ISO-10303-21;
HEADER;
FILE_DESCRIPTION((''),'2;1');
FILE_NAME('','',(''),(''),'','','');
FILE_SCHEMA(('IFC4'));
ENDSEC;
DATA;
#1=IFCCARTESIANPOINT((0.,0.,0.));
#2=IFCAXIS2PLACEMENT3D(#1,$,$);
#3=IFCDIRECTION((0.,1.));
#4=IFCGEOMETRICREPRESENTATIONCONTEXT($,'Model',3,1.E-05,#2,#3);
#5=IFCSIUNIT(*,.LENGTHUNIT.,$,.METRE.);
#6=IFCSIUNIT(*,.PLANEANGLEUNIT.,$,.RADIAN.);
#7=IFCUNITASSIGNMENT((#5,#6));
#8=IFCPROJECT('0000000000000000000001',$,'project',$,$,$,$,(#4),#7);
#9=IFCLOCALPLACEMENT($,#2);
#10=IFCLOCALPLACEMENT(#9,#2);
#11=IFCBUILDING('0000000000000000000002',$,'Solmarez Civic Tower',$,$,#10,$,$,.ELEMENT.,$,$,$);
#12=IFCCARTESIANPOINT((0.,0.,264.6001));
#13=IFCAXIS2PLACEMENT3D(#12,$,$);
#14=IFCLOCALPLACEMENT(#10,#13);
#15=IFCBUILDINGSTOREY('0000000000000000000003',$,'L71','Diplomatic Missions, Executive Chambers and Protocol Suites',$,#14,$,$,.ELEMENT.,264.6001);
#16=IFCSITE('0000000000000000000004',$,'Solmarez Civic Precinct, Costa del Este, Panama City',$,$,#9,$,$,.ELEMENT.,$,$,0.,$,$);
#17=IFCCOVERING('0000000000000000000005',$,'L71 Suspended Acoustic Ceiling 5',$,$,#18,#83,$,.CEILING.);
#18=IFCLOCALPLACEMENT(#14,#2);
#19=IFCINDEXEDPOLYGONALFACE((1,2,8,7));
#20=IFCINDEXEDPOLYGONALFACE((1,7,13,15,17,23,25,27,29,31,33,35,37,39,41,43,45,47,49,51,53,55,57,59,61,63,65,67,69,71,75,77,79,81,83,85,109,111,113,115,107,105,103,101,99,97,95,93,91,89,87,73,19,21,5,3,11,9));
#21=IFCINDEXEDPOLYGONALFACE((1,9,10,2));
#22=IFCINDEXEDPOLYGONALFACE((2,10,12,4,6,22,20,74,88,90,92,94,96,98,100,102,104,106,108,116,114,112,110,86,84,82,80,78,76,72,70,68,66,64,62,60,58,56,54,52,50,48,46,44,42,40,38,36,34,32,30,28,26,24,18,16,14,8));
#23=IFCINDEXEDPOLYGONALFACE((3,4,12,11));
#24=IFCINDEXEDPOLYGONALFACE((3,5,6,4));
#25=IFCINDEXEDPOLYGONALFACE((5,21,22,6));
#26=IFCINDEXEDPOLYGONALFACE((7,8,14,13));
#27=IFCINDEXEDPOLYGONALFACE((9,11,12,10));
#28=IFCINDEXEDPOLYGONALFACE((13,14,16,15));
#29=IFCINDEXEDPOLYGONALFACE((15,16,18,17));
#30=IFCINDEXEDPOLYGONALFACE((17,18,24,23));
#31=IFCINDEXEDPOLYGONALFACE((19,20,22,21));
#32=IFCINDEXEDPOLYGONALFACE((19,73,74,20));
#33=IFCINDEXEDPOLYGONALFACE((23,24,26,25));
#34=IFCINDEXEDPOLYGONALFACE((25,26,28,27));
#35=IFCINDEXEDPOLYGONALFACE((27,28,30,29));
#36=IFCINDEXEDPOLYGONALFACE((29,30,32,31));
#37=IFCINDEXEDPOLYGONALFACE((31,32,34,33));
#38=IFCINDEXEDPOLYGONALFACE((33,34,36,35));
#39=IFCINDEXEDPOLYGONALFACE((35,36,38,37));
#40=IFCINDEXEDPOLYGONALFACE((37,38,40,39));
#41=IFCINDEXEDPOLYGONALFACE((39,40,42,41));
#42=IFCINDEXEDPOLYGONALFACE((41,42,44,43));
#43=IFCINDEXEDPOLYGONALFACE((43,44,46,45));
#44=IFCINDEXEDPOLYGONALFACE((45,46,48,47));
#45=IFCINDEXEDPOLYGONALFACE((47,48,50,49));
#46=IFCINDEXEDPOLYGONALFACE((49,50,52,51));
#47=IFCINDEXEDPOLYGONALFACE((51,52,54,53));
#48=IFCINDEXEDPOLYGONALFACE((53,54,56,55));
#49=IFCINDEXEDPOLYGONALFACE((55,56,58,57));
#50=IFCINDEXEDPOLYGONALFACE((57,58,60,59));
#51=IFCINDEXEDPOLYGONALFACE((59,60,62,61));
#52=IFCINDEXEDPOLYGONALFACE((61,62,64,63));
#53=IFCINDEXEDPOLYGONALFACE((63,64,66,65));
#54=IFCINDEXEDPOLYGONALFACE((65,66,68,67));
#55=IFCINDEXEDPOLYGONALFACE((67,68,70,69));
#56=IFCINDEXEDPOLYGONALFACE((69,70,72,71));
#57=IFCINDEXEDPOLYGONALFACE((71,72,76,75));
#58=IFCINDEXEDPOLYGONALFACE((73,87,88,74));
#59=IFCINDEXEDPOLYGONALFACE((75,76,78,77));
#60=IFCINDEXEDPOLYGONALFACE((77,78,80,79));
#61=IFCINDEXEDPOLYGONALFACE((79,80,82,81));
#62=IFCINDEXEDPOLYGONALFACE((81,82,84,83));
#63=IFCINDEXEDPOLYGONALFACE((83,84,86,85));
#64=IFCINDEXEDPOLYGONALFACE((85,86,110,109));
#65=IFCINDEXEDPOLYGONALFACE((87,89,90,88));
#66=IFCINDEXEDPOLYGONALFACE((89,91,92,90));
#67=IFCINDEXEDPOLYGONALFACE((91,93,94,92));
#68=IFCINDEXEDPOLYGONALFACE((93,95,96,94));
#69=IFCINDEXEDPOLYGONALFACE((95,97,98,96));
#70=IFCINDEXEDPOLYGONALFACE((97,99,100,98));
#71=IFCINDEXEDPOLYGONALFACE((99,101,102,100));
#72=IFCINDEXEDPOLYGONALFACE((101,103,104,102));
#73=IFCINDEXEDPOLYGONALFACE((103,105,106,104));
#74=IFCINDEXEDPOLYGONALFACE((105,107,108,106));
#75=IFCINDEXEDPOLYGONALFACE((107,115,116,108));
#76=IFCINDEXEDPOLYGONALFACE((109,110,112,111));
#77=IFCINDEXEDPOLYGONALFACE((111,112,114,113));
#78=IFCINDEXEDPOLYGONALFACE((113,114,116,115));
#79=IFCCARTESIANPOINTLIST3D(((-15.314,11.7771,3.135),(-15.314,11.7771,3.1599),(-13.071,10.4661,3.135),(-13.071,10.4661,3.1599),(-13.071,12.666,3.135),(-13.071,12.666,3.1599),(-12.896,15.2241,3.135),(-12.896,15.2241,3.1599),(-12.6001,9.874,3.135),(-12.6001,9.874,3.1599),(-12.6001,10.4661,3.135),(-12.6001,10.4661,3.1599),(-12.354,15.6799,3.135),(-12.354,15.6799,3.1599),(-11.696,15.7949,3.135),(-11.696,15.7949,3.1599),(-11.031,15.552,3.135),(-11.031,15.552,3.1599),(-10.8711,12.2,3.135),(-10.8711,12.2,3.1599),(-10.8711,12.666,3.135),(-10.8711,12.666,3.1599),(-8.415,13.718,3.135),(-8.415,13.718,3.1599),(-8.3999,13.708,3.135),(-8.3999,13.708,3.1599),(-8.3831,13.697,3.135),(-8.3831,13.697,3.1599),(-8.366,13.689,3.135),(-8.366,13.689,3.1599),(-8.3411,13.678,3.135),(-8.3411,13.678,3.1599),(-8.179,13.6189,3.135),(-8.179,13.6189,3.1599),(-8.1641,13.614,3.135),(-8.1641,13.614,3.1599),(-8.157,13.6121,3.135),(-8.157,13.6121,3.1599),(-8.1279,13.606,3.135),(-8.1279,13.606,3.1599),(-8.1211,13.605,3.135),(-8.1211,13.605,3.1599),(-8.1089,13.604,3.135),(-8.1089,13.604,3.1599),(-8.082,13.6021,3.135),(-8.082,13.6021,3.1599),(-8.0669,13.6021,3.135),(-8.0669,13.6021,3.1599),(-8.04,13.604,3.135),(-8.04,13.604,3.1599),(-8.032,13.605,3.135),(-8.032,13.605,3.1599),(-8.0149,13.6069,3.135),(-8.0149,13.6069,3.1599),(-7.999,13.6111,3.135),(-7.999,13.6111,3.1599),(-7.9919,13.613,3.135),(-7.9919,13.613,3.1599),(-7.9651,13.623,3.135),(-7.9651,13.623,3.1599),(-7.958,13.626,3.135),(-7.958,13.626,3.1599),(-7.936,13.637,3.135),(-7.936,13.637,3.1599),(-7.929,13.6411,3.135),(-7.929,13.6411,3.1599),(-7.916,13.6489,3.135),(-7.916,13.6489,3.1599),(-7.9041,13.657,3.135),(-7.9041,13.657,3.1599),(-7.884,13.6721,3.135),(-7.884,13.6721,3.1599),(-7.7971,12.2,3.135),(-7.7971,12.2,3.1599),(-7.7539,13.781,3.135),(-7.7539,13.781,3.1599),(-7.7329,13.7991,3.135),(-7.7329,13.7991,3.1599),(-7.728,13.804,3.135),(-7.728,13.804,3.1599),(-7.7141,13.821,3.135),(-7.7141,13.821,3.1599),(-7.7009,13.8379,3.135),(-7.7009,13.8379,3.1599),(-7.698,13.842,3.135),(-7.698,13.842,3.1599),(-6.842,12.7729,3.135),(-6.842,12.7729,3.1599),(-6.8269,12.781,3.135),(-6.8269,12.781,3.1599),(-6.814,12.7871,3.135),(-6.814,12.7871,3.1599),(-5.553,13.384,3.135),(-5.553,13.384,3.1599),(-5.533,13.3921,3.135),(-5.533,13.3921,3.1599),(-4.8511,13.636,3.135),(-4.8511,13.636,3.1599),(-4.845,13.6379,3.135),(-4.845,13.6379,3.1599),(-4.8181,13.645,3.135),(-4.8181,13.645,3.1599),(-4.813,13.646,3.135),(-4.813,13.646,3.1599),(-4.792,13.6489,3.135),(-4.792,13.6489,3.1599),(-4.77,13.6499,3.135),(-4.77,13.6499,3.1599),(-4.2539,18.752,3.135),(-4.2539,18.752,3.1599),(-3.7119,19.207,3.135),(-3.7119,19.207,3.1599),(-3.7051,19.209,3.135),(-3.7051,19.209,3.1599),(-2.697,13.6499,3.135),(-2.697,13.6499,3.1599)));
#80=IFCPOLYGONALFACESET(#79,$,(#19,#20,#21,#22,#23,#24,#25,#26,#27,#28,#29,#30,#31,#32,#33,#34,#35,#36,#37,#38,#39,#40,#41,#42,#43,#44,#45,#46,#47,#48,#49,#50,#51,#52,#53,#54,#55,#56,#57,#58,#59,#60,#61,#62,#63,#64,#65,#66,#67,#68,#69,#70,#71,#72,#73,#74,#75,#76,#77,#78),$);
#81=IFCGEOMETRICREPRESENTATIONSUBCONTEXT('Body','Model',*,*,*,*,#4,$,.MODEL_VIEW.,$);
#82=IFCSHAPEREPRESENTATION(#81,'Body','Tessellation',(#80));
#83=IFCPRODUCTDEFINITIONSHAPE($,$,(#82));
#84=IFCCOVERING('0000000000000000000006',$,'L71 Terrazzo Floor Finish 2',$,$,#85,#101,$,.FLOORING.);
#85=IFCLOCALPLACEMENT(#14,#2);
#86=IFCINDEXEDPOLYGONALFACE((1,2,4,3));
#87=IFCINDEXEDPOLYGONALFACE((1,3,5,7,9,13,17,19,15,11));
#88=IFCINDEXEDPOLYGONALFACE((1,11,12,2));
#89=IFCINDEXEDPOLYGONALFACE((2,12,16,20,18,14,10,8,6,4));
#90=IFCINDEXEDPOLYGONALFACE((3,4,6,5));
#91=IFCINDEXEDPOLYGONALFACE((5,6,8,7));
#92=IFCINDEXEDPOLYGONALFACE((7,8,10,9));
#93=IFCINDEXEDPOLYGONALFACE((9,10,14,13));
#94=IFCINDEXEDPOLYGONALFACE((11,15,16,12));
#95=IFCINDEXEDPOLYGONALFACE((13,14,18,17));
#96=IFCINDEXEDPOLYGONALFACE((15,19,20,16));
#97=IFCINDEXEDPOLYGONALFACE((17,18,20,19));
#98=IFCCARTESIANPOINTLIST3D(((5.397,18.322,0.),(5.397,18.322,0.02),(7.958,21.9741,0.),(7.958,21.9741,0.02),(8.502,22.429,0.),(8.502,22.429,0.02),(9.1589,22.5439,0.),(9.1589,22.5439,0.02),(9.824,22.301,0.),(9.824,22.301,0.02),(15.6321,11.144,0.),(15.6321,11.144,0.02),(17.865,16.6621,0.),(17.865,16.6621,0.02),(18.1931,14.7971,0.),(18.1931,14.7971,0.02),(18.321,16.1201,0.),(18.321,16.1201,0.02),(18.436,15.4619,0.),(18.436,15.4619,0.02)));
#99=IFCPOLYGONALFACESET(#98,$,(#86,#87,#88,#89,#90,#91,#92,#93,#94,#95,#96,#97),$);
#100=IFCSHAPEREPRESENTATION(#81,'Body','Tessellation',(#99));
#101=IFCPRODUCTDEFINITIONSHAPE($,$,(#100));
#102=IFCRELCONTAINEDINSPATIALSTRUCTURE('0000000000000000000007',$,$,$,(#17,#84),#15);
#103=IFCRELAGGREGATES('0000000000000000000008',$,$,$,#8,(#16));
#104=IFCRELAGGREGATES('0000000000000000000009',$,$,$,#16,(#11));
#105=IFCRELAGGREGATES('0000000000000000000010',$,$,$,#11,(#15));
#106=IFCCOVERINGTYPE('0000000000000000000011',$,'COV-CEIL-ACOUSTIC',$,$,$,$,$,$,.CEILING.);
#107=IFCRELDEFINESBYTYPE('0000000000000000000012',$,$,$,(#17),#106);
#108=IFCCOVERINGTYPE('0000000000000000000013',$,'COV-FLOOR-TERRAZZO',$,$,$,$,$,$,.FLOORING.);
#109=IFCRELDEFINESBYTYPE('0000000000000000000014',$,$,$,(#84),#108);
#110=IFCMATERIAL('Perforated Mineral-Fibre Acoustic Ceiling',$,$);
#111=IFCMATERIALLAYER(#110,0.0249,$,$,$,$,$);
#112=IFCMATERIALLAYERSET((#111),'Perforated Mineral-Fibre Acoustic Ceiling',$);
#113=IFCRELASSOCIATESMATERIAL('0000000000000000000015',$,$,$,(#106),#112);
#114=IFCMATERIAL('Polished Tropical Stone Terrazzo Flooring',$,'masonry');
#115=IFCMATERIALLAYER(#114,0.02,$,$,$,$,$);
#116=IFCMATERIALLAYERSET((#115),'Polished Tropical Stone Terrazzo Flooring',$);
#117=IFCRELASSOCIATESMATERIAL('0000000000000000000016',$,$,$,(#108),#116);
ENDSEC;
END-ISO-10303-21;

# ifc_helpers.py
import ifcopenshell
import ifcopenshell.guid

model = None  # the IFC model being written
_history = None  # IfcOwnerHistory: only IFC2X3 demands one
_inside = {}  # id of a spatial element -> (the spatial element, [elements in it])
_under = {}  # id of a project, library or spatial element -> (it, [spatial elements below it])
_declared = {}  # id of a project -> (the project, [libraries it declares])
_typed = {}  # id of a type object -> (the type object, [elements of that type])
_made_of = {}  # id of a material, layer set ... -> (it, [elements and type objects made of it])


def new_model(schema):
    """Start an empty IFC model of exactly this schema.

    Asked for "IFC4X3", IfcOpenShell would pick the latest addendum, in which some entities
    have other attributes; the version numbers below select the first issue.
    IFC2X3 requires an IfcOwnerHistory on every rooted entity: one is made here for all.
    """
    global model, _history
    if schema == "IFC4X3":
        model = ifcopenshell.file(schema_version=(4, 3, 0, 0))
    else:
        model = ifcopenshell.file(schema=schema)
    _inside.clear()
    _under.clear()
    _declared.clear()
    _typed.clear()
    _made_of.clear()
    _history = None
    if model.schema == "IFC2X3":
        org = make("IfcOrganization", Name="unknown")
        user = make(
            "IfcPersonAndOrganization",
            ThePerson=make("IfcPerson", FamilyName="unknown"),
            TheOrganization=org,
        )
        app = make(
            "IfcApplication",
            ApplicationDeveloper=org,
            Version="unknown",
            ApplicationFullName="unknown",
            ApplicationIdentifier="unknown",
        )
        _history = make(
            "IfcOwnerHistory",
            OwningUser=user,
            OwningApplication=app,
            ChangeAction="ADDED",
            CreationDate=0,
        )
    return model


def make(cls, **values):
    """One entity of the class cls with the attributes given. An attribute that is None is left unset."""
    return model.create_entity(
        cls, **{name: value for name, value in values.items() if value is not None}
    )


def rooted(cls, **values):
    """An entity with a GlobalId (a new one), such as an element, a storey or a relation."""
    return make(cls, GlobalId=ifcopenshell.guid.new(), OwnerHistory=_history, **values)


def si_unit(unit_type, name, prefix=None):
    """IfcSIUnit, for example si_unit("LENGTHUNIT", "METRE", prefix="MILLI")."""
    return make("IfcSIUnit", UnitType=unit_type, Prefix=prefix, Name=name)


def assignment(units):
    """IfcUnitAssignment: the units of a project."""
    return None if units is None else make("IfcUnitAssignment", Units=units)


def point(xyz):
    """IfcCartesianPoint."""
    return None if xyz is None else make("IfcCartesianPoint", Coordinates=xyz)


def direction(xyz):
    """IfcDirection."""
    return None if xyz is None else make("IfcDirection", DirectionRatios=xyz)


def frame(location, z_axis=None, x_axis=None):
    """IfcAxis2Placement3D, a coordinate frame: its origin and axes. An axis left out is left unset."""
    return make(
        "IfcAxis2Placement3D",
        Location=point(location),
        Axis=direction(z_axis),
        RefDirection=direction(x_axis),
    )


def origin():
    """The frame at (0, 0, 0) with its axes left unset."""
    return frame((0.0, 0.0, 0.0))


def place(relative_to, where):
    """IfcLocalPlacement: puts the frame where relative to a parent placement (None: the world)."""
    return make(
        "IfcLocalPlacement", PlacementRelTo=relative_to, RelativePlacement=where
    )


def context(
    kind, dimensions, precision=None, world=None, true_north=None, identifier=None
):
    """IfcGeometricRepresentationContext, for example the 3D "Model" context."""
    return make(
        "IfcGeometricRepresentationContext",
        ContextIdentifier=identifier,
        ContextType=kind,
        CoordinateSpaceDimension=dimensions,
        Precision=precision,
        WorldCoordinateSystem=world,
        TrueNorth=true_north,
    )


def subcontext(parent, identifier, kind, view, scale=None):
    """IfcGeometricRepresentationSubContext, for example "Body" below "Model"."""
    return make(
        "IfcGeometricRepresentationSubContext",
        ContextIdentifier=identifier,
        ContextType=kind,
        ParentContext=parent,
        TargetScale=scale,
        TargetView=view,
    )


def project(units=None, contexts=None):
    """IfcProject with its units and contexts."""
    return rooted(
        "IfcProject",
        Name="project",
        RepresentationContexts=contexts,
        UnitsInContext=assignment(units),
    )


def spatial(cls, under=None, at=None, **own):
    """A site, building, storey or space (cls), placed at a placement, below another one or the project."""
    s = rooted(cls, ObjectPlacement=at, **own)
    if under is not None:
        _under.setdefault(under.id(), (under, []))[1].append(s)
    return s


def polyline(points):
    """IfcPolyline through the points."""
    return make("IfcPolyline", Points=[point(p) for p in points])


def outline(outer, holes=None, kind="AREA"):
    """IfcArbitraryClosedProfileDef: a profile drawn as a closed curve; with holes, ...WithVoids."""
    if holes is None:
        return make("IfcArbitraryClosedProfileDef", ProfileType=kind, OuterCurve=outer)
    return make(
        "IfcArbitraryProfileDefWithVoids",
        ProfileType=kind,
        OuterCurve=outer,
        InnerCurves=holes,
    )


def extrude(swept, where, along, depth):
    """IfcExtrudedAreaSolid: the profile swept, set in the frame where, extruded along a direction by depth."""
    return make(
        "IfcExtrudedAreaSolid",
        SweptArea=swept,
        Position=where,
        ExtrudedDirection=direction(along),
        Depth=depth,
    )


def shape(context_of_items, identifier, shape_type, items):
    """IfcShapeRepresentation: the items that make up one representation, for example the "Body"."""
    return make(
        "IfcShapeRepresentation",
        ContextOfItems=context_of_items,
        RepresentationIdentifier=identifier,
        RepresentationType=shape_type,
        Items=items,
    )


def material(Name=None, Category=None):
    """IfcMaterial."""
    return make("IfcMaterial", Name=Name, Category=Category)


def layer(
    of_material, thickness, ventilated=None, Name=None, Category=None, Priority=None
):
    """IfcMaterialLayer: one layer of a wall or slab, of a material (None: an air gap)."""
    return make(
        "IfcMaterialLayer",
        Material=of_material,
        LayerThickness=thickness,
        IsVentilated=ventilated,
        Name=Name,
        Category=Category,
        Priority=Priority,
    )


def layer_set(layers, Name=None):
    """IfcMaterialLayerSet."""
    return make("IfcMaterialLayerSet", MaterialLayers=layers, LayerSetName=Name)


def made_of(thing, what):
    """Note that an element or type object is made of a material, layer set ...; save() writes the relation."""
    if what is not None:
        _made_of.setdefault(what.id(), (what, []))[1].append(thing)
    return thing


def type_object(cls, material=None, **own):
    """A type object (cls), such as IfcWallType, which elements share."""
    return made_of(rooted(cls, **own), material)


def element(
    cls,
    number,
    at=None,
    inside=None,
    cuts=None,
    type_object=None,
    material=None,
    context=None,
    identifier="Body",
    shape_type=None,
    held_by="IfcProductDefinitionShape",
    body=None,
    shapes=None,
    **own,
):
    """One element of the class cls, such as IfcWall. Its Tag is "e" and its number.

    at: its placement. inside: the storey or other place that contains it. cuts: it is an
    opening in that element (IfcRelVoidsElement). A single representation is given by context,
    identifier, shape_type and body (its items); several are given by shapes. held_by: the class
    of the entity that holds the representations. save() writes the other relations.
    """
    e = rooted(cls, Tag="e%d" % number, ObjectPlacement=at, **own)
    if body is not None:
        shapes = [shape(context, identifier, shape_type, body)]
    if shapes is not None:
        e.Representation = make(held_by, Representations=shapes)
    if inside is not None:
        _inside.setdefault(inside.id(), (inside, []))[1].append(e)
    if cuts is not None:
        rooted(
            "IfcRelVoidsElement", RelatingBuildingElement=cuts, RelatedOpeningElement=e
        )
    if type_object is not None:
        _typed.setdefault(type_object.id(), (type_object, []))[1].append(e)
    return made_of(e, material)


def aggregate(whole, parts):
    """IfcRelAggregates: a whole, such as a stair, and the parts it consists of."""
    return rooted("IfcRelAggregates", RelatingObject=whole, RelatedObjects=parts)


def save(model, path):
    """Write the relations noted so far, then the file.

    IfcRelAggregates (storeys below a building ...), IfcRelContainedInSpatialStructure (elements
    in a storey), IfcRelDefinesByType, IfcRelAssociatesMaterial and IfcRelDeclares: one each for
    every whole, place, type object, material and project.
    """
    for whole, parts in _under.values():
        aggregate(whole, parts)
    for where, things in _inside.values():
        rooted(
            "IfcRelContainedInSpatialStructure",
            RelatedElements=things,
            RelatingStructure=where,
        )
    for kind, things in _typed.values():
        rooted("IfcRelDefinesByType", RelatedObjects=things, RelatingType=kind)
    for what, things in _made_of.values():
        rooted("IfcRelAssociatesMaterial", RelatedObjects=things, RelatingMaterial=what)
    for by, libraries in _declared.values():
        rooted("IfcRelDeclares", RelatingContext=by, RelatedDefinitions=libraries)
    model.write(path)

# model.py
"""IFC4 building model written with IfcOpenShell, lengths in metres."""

from ifc_helpers import new_model, si_unit, direction, frame, origin, place, context, subcontext, project, spatial, polyline, outline, extrude, material, layer, layer_set, type_object, element, save


model = new_model("IFC4")

# Units and contexts
model_context = context("Model", 3, precision=1e-05, world=origin(), true_north=direction((0.0, 1.0)))
body_context = subcontext(model_context, "Body", "Model", "MODEL_VIEW")
ifc_project = project(units=[si_unit("LENGTHUNIT", "METRE"), si_unit("PLANEANGLEUNIT", "RADIAN")], contexts=[model_context])

# Site, building, storey
site_placement = place(None, origin())
site = spatial("IfcSite", under=ifc_project, at=site_placement, Name="Solmarez Civic Precinct, Costa del Este, Panama City", CompositionType="ELEMENT", RefElevation=0.0)
building_placement = place(site_placement, origin())
building = spatial("IfcBuilding", under=site, at=building_placement, Name="Solmarez Civic Tower", CompositionType="ELEMENT")
storey_placement = place(building_placement, frame((0.0, 0.0, 264.6001)))
storey = spatial("IfcBuildingStorey", under=building, at=storey_placement, Name="L71", Description="Diplomatic Missions, Executive Chambers and Protocol Suites", CompositionType="ELEMENT", Elevation=264.6001)

# Coverings
ifc_material_1 = material(Name="Perforated Mineral-Fibre Acoustic Ceiling")
ifc_layer_1 = layer(ifc_material_1, 0.0249)
ifc_layer_set_1 = layer_set([ifc_layer_1], Name="Perforated Mineral-Fibre Acoustic Ceiling")
covering_type_1 = type_object("IfcCoveringType", Name="COV-CEIL-ACOUSTIC", PredefinedType="CEILING", material=ifc_layer_set_1)
covering_1_placement = place(storey_placement, frame((0.0, 0.0, 3.135)))
element("IfcCovering", 1, at=covering_1_placement, inside=storey, type_object=covering_type_1, Name="L71 Suspended Acoustic Ceiling 5", PredefinedType="CEILING", context=body_context, shape_type="SweptSolid", body=[
    extrude(outline(polyline([(-12.6001, 9.874), (-12.6001, 10.4661), (-13.071, 10.4661), (-13.071, 12.666), (-10.8711, 12.666), (-10.8711, 12.2), (-7.7971, 12.2), (-6.842, 12.7729), (-6.8269, 12.781), (-6.814, 12.7871), (-5.553, 13.384), (-5.533, 13.3921), (-4.8511, 13.636), (-4.845, 13.6379), (-4.8181, 13.645), (-4.813, 13.646), (-4.792, 13.6489), (-4.77, 13.6499), (-2.697, 13.6499), (-3.7051, 19.209), (-3.7119, 19.207), (-4.2539, 18.752), (-7.698, 13.842), (-7.7009, 13.8379), (-7.7141, 13.821), (-7.728, 13.804), (-7.7329, 13.7991), (-7.7539, 13.781), (-7.884, 13.6721), (-7.9041, 13.657), (-7.916, 13.6489), (-7.929, 13.6411), (-7.936, 13.637), (-7.958, 13.626), (-7.9651, 13.623), (-7.9919, 13.613), (-7.999, 13.6111), (-8.0149, 13.6069), (-8.032, 13.605), (-8.04, 13.604), (-8.0669, 13.6021), (-8.082, 13.6021), (-8.1089, 13.604), (-8.1211, 13.605), (-8.1279, 13.606), (-8.157, 13.6121), (-8.1641, 13.614), (-8.179, 13.6189), (-8.3411, 13.678), (-8.366, 13.689), (-8.3831, 13.697), (-8.3999, 13.708), (-8.415, 13.718), (-11.031, 15.552), (-11.696, 15.7949), (-12.354, 15.6799), (-12.896, 15.2241), (-15.314, 11.7771), (-12.6001, 9.874)])), origin(), (0.0, 0.0, 1.0), 0.0249),
])
ifc_material_2 = material(Name="Polished Tropical Stone Terrazzo Flooring", Category="masonry")
ifc_layer_2 = layer(ifc_material_2, 0.02)
ifc_layer_set_2 = layer_set([ifc_layer_2], Name="Polished Tropical Stone Terrazzo Flooring")
covering_type_2 = type_object("IfcCoveringType", Name="COV-FLOOR-TERRAZZO", PredefinedType="FLOORING", material=ifc_layer_set_2)
covering_2_placement = place(storey_placement, origin())
element("IfcCovering", 2, at=covering_2_placement, inside=storey, type_object=covering_type_2, Name="L71 Terrazzo Floor Finish 2", PredefinedType="FLOORING", context=body_context, shape_type="SweptSolid", body=[
    extrude(outline(polyline([(15.6321, 11.144), (18.1931, 14.7971), (18.436, 15.4619), (18.321, 16.1201), (17.865, 16.6621), (9.824, 22.301), (9.1589, 22.5439), (8.502, 22.429), (7.958, 21.9741), (5.397, 18.322), (15.6321, 11.144)])), origin(), (0.0, 0.0, 1.0), 0.02),
])

save(model, "model.ifc")
